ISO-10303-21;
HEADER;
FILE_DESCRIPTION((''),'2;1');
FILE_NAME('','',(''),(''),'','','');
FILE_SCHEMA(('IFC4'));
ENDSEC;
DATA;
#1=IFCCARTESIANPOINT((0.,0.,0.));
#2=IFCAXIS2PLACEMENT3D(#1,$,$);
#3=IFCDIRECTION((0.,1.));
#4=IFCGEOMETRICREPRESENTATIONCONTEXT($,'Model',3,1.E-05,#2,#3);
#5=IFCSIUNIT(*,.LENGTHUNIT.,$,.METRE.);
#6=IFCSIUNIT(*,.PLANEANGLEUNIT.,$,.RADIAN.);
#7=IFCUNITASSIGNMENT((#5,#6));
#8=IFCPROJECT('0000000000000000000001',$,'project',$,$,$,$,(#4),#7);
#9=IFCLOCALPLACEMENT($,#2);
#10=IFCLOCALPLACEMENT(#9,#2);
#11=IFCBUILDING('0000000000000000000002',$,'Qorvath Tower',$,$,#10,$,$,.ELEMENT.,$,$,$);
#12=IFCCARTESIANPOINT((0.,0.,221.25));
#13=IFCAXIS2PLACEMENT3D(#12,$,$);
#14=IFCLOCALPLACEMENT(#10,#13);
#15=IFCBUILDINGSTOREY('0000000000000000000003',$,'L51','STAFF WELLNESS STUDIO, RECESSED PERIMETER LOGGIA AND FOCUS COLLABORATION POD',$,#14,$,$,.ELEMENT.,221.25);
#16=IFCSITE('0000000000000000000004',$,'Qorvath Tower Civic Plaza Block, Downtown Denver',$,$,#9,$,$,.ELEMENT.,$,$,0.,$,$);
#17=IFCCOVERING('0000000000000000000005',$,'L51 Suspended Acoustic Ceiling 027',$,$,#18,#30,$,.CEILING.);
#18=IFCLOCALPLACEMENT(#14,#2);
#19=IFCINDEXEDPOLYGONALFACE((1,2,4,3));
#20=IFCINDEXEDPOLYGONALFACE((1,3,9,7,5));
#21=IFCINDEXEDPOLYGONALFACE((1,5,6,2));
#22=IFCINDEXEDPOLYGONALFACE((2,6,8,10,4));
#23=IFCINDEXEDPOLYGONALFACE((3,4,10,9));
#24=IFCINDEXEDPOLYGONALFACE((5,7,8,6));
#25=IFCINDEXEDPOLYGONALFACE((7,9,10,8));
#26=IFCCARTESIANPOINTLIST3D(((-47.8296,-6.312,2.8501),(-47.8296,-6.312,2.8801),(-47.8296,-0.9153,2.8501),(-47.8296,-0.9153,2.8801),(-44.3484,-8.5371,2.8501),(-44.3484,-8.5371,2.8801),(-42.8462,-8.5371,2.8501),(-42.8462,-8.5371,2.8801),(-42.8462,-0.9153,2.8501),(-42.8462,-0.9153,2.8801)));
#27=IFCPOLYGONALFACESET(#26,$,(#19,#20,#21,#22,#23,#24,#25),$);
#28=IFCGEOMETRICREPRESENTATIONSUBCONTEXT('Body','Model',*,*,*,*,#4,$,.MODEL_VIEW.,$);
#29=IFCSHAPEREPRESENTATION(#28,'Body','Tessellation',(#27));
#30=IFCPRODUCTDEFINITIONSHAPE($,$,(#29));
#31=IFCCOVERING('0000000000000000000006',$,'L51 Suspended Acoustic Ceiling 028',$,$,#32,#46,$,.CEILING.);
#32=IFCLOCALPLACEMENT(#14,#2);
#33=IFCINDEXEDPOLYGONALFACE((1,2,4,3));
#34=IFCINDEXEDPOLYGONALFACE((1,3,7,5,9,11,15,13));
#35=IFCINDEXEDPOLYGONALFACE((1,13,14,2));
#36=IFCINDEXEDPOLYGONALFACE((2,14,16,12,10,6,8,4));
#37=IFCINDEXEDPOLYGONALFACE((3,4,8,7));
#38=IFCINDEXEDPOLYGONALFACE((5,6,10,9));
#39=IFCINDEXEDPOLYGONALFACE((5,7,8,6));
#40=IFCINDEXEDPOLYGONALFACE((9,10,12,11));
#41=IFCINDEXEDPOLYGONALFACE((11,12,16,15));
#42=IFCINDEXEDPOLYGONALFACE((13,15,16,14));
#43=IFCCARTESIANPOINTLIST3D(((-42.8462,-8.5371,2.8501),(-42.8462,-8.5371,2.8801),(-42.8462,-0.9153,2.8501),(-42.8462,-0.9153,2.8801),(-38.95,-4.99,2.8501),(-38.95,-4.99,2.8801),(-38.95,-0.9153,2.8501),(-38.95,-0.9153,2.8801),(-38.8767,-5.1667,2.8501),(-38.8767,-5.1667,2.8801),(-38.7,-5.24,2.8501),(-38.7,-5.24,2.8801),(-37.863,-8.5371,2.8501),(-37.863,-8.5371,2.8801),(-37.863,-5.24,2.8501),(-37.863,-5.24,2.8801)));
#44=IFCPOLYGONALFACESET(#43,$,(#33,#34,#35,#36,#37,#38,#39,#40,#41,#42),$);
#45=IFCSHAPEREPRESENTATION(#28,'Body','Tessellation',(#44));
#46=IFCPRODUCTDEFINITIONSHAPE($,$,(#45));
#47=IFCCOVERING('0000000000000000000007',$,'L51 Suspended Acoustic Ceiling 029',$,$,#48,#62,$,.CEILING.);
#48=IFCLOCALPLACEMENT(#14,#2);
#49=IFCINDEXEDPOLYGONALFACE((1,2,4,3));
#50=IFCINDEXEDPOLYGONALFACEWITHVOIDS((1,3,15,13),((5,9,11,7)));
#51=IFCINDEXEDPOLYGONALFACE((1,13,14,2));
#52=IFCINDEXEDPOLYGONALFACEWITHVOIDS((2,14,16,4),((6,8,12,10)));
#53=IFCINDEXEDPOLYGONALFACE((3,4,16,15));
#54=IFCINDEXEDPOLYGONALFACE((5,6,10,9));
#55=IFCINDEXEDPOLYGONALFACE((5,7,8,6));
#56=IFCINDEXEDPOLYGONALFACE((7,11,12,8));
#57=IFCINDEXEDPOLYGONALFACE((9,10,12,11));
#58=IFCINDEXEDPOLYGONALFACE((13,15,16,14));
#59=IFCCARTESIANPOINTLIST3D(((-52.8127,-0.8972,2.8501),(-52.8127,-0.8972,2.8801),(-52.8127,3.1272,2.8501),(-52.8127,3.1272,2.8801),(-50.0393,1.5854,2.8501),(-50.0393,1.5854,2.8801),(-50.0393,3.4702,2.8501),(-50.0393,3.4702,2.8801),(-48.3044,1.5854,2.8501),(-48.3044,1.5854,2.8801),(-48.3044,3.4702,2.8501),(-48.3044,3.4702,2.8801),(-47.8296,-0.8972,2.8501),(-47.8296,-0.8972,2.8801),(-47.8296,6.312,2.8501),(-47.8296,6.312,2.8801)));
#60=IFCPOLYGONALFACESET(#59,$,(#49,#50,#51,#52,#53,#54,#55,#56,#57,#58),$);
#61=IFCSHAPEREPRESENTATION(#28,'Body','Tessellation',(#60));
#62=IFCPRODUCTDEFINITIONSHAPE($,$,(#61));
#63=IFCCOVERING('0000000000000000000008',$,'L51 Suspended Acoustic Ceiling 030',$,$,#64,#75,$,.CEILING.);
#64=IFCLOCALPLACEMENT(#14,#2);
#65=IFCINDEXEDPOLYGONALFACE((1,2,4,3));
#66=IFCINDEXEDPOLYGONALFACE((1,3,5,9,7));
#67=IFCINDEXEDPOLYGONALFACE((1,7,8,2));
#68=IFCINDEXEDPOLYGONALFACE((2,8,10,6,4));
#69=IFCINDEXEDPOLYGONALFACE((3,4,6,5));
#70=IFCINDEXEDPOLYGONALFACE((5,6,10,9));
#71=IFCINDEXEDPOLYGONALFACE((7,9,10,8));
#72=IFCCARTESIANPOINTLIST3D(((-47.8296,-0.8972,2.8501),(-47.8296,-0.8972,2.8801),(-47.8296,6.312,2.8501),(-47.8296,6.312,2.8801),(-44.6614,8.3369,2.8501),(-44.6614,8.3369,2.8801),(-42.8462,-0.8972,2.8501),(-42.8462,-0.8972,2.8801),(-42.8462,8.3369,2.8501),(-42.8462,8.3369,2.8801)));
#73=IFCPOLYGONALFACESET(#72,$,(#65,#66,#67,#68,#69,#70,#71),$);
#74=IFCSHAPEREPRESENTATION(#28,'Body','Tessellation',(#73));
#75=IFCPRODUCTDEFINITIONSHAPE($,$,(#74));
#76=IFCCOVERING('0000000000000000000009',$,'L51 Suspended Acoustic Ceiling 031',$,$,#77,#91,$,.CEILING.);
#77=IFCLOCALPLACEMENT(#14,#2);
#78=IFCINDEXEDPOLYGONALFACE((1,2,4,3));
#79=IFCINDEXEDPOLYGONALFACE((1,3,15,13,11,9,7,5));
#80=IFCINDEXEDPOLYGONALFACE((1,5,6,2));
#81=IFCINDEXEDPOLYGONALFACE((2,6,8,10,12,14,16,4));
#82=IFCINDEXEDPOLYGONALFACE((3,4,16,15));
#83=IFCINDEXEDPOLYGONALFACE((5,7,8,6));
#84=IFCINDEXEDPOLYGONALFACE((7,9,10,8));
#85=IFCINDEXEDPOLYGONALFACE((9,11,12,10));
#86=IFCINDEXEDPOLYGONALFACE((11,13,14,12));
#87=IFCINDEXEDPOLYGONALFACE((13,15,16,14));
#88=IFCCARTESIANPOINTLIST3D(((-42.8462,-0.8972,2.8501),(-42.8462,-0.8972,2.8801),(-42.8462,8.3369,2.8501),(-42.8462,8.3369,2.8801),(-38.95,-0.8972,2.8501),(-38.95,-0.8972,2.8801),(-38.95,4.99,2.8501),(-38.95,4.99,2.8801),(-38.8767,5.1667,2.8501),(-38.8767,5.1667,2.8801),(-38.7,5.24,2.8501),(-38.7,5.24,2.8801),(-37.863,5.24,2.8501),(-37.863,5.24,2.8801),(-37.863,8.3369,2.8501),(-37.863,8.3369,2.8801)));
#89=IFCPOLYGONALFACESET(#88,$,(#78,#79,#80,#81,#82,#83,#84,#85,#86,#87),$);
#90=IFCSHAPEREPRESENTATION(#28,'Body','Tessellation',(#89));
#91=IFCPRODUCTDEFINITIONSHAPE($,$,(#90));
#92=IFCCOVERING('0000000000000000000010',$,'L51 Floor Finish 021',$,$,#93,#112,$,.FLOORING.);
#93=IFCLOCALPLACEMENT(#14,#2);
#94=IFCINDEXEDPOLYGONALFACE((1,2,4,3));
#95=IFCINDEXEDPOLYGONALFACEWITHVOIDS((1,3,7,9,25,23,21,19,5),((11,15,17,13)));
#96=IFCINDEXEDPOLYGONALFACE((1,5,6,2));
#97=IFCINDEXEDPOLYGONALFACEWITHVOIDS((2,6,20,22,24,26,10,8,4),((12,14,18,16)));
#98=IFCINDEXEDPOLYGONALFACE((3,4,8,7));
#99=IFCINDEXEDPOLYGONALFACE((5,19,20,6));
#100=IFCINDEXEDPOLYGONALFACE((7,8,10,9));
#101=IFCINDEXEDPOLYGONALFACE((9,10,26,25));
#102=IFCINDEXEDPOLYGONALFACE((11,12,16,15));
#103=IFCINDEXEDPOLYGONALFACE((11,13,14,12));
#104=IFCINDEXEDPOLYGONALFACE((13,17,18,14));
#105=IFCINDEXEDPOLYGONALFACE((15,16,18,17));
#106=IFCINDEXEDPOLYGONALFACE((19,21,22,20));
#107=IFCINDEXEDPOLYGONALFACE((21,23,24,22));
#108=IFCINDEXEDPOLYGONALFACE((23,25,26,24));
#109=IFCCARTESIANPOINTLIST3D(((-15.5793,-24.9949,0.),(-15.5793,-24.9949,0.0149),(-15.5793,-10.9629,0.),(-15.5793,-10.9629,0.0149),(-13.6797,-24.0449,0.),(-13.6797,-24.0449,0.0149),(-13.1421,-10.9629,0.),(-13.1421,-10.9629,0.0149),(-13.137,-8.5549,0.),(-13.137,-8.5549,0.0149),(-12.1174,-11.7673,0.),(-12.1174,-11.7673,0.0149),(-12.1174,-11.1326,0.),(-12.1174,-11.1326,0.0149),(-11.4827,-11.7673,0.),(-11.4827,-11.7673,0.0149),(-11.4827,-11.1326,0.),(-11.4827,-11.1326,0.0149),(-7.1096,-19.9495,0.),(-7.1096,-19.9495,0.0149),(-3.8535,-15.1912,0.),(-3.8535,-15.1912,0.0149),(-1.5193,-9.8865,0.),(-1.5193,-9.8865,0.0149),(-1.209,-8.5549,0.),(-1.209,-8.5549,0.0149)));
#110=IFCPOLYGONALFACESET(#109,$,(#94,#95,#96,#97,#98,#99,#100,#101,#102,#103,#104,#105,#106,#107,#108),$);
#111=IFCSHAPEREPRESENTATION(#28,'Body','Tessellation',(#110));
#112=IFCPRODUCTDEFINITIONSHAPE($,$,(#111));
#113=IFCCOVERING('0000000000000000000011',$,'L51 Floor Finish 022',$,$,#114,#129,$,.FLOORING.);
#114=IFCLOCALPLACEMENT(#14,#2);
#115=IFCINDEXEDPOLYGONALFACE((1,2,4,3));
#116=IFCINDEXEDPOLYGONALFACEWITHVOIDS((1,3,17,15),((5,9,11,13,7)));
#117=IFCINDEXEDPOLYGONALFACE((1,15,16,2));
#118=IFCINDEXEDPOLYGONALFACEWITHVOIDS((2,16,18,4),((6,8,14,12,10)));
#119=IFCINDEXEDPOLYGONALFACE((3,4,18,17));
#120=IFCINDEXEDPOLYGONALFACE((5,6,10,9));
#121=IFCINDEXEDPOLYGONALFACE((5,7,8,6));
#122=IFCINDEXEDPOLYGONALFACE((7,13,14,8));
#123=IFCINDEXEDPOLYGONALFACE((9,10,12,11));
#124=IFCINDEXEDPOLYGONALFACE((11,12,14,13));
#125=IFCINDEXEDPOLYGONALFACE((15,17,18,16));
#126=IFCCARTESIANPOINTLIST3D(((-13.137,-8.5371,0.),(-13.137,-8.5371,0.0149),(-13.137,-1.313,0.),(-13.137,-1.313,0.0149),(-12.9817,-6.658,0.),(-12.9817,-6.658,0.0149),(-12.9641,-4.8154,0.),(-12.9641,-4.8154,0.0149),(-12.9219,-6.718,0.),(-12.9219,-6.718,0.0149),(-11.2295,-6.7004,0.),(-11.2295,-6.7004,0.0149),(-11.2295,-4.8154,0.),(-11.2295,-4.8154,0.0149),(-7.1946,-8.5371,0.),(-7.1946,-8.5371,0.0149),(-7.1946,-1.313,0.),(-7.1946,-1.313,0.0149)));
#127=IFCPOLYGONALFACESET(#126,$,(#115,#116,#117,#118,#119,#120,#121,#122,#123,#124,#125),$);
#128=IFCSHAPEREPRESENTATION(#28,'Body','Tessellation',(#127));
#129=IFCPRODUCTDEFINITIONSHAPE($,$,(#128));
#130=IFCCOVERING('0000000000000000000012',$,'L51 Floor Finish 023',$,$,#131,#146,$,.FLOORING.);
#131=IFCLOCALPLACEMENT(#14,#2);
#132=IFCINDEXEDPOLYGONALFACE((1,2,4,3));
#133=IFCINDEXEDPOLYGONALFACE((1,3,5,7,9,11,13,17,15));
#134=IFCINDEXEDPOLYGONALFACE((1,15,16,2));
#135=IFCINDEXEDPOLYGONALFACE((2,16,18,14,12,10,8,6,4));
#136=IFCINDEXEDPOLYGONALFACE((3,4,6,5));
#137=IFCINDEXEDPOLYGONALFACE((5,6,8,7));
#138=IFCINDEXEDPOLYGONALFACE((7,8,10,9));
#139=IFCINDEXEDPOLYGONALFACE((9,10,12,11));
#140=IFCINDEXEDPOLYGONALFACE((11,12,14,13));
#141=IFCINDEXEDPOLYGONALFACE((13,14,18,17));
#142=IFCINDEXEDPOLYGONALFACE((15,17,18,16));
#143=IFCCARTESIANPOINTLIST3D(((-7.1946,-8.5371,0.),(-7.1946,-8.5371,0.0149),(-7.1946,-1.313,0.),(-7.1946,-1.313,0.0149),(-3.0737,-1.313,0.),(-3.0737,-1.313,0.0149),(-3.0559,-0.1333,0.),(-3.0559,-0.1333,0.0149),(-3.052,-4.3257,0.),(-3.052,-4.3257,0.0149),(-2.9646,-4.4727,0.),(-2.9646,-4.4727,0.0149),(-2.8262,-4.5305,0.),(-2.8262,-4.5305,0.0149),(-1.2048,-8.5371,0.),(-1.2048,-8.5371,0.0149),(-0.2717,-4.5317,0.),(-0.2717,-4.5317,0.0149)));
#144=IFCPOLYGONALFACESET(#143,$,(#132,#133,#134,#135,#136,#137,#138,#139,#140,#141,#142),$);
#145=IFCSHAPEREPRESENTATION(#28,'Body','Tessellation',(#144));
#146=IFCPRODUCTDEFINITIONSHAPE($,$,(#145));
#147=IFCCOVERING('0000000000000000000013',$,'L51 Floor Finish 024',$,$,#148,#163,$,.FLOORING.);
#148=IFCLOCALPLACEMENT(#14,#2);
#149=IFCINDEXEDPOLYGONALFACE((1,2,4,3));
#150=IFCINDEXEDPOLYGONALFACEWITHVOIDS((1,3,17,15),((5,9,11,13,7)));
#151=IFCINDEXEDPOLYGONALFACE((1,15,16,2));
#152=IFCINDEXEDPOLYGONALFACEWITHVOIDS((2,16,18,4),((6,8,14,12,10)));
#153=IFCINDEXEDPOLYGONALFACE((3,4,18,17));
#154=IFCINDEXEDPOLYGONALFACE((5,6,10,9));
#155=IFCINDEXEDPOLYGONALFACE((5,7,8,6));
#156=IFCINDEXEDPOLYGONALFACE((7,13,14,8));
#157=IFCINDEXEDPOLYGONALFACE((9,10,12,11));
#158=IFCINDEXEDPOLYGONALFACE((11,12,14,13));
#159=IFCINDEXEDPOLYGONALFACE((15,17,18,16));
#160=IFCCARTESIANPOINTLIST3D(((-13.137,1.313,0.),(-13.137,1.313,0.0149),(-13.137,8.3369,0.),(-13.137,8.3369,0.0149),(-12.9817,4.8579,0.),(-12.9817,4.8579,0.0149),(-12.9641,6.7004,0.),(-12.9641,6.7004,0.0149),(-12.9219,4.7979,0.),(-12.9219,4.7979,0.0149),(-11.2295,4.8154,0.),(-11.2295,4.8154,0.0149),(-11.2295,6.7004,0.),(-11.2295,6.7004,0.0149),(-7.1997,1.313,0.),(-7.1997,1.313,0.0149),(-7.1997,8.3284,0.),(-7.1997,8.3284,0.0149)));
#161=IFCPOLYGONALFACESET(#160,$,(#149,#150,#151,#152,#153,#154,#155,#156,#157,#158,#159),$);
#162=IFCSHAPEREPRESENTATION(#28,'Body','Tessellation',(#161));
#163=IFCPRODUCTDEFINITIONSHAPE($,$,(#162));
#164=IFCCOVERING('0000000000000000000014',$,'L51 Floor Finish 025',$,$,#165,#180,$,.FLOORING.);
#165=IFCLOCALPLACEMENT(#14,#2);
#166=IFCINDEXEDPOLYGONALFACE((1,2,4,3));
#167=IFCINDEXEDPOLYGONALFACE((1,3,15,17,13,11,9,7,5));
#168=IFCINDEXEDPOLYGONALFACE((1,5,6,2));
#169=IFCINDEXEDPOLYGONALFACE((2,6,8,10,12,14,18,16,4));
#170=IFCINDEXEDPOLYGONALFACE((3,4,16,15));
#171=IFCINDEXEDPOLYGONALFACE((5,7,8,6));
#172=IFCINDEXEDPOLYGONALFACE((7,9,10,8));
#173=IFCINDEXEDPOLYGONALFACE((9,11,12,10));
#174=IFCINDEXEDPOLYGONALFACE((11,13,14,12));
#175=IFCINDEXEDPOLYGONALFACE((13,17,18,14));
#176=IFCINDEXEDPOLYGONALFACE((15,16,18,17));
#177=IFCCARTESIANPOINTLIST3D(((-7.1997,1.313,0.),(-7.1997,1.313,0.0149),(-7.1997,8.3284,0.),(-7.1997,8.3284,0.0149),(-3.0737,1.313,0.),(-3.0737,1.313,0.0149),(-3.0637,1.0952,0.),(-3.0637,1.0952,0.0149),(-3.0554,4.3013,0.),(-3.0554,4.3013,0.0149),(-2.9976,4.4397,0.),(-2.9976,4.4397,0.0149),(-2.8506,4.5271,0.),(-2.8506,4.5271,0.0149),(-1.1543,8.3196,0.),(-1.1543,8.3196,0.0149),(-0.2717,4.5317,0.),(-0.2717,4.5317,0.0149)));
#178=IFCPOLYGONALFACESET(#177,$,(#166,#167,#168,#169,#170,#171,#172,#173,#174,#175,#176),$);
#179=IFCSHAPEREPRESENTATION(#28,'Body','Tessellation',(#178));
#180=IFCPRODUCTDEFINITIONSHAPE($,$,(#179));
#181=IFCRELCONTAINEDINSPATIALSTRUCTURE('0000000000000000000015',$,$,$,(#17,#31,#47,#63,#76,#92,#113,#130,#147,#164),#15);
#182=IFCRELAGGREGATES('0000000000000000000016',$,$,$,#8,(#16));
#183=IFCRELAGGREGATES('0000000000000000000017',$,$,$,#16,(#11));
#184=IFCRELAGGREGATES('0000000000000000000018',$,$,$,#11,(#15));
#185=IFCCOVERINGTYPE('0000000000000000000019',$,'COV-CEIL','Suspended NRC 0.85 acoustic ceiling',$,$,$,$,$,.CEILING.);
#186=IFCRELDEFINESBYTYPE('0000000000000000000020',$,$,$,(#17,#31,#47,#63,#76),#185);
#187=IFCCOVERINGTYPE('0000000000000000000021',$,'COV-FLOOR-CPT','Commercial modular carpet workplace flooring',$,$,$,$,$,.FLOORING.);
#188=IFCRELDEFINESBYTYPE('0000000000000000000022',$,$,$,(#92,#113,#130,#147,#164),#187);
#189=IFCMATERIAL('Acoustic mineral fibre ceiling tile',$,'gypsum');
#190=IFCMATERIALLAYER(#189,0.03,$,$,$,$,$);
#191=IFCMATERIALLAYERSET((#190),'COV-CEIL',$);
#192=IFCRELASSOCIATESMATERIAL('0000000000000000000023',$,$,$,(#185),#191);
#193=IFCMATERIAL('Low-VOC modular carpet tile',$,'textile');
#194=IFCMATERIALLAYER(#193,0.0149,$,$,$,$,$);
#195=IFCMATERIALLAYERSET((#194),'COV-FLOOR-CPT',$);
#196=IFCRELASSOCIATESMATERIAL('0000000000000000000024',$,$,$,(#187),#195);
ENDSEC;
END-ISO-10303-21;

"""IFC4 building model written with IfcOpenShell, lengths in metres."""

from ifc_helpers import new_model, si_unit, direction, frame, origin, place, context, subcontext, project, spatial, polyline, outline, extrude, material, layer, layer_set, type_object, element, save


model = new_model("IFC4")

# Units and contexts
model_context = context("Model", 3, precision=1e-05, world=origin(), true_north=direction((0.0, 1.0)))
body_context = subcontext(model_context, "Body", "Model", "MODEL_VIEW")
ifc_project = project(units=[si_unit("LENGTHUNIT", "METRE"), si_unit("PLANEANGLEUNIT", "RADIAN")], contexts=[model_context])

# Site, building, storey
site_placement = place(None, origin())
site = spatial("IfcSite", under=ifc_project, at=site_placement, Name="Qorvath Tower Civic Plaza Block, Downtown Denver", CompositionType="ELEMENT", RefElevation=0.0)
building_placement = place(site_placement, origin())
building = spatial("IfcBuilding", under=site, at=building_placement, Name="Qorvath Tower", CompositionType="ELEMENT")
storey_placement = place(building_placement, frame((0.0, 0.0, 221.25)))
storey = spatial("IfcBuildingStorey", under=building, at=storey_placement, Name="L51", Description="STAFF WELLNESS STUDIO, RECESSED PERIMETER LOGGIA AND FOCUS COLLABORATION POD", CompositionType="ELEMENT", Elevation=221.25)

# Coverings
ifc_material_1 = material(Name="Acoustic mineral fibre ceiling tile", Category="gypsum")
ifc_layer_1 = layer(ifc_material_1, 0.03)
ifc_layer_set_1 = layer_set([ifc_layer_1], Name="COV-CEIL")
covering_type_1 = type_object("IfcCoveringType", Name="COV-CEIL", Description="Suspended NRC 0.85 acoustic ceiling", PredefinedType="CEILING", material=ifc_layer_set_1)
covering_1_placement = place(storey_placement, frame((0.0, 0.0, 2.8501)))
element("IfcCovering", 1, at=covering_1_placement, inside=storey, type_object=covering_type_1, Name="L51 Suspended Acoustic Ceiling 027", PredefinedType="CEILING", context=body_context, shape_type="SweptSolid", body=[
    extrude(outline(polyline([(-42.8462, -8.5371), (-42.8462, -0.9153), (-47.8296, -0.9153), (-47.8296, -6.312), (-44.3484, -8.5371), (-42.8462, -8.5371)])), origin(), (0.0, 0.0, 1.0), 0.03),
])
covering_2_placement = place(storey_placement, frame((0.0, 0.0, 2.8501)))
element("IfcCovering", 2, at=covering_2_placement, inside=storey, type_object=covering_type_1, Name="L51 Suspended Acoustic Ceiling 028", PredefinedType="CEILING", context=body_context, shape_type="SweptSolid", body=[
    extrude(outline(polyline([(-37.863, -8.5371), (-37.863, -5.24), (-38.7, -5.24), (-38.8767, -5.1667), (-38.95, -4.99), (-38.95, -0.9153), (-42.8462, -0.9153), (-42.8462, -8.5371), (-37.863, -8.5371)])), origin(), (0.0, 0.0, 1.0), 0.03),
])
covering_3_placement = place(storey_placement, frame((0.0, 0.0, 2.8501)))
element("IfcCovering", 3, at=covering_3_placement, inside=storey, type_object=covering_type_1, Name="L51 Suspended Acoustic Ceiling 029", PredefinedType="CEILING", context=body_context, shape_type="SweptSolid", body=[
    extrude(outline(polyline([(-47.8296, -0.8972), (-47.8296, 6.312), (-52.8127, 3.1272), (-52.8127, -0.8972), (-47.8296, -0.8972)]), holes=[polyline([(-50.0393, 1.5854), (-50.0393, 3.4702), (-48.3044, 3.4702), (-48.3044, 1.5854), (-50.0393, 1.5854)])]), origin(), (0.0, 0.0, 1.0), 0.03),
])
covering_4_placement = place(storey_placement, frame((0.0, 0.0, 2.8501)))
element("IfcCovering", 4, at=covering_4_placement, inside=storey, type_object=covering_type_1, Name="L51 Suspended Acoustic Ceiling 030", PredefinedType="CEILING", context=body_context, shape_type="SweptSolid", body=[
    extrude(outline(polyline([(-42.8462, -0.8972), (-42.8462, 8.3369), (-44.6614, 8.3369), (-47.8296, 6.312), (-47.8296, -0.8972), (-42.8462, -0.8972)])), origin(), (0.0, 0.0, 1.0), 0.03),
])
covering_5_placement = place(storey_placement, frame((0.0, 0.0, 2.8501)))
element("IfcCovering", 5, at=covering_5_placement, inside=storey, type_object=covering_type_1, Name="L51 Suspended Acoustic Ceiling 031", PredefinedType="CEILING", context=body_context, shape_type="SweptSolid", body=[
    extrude(outline(polyline([(-37.863, 5.24), (-37.863, 8.3369), (-42.8462, 8.3369), (-42.8462, -0.8972), (-38.95, -0.8972), (-38.95, 4.99), (-38.8767, 5.1667), (-38.7, 5.24), (-37.863, 5.24)])), origin(), (0.0, 0.0, 1.0), 0.03),
])
ifc_material_2 = material(Name="Low-VOC modular carpet tile", Category="textile")
ifc_layer_2 = layer(ifc_material_2, 0.0149)
ifc_layer_set_2 = layer_set([ifc_layer_2], Name="COV-FLOOR-CPT")
covering_type_2 = type_object("IfcCoveringType", Name="COV-FLOOR-CPT", Description="Commercial modular carpet workplace flooring", PredefinedType="FLOORING", material=ifc_layer_set_2)
covering_6_placement = place(storey_placement, origin())
element("IfcCovering", 6, at=covering_6_placement, inside=storey, type_object=covering_type_2, Name="L51 Floor Finish 021", PredefinedType="FLOORING", context=body_context, shape_type="SweptSolid", body=[
    extrude(outline(polyline([(-13.6797, -24.0449), (-7.1096, -19.9495), (-3.8535, -15.1912), (-1.5193, -9.8865), (-1.209, -8.5549), (-13.137, -8.5549), (-13.1421, -10.9629), (-15.5793, -10.9629), (-15.5793, -24.9949), (-13.6797, -24.0449)]), holes=[polyline([(-12.1174, -11.7673), (-12.1174, -11.1326), (-11.4827, -11.1326), (-11.4827, -11.7673), (-12.1174, -11.7673)])]), origin(), (0.0, 0.0, 1.0), 0.0149),
])
covering_7_placement = place(storey_placement, origin())
element("IfcCovering", 7, at=covering_7_placement, inside=storey, type_object=covering_type_2, Name="L51 Floor Finish 022", PredefinedType="FLOORING", context=body_context, shape_type="SweptSolid", body=[
    extrude(outline(polyline([(-7.1946, -8.5371), (-7.1946, -1.313), (-13.137, -1.313), (-13.137, -8.5371), (-7.1946, -8.5371)]), holes=[polyline([(-12.9817, -6.658), (-12.9641, -4.8154), (-11.2295, -4.8154), (-11.2295, -6.7004), (-12.9219, -6.718), (-12.9817, -6.658)])]), origin(), (0.0, 0.0, 1.0), 0.0149),
])
covering_8_placement = place(storey_placement, origin())
element("IfcCovering", 8, at=covering_8_placement, inside=storey, type_object=covering_type_2, Name="L51 Floor Finish 023", PredefinedType="FLOORING", context=body_context, shape_type="SweptSolid", body=[
    extrude(outline(polyline([(-2.9646, -4.4727), (-3.052, -4.3257), (-3.0559, -0.1333), (-3.0737, -1.313), (-7.1946, -1.313), (-7.1946, -8.5371), (-1.2048, -8.5371), (-0.2717, -4.5317), (-2.8262, -4.5305), (-2.9646, -4.4727)])), origin(), (0.0, 0.0, 1.0), 0.0149),
])
covering_9_placement = place(storey_placement, origin())
element("IfcCovering", 9, at=covering_9_placement, inside=storey, type_object=covering_type_2, Name="L51 Floor Finish 024", PredefinedType="FLOORING", context=body_context, shape_type="SweptSolid", body=[
    extrude(outline(polyline([(-7.1997, 1.313), (-7.1997, 8.3284), (-13.137, 8.3369), (-13.137, 1.313), (-7.1997, 1.313)]), holes=[polyline([(-12.9817, 4.8579), (-12.9641, 6.7004), (-11.2295, 6.7004), (-11.2295, 4.8154), (-12.9219, 4.7979), (-12.9817, 4.8579)])]), origin(), (0.0, 0.0, 1.0), 0.0149),
])
covering_10_placement = place(storey_placement, origin())
element("IfcCovering", 10, at=covering_10_placement, inside=storey, type_object=covering_type_2, Name="L51 Floor Finish 025", PredefinedType="FLOORING", context=body_context, shape_type="SweptSolid", body=[
    extrude(outline(polyline([(-2.9976, 4.4397), (-2.8506, 4.5271), (-0.2717, 4.5317), (-1.1543, 8.3196), (-7.1997, 8.3284), (-7.1997, 1.313), (-3.0737, 1.313), (-3.0637, 1.0952), (-3.0554, 4.3013), (-2.9976, 4.4397)])), origin(), (0.0, 0.0, 1.0), 0.0149),
])

save(model, "model.ifc")
